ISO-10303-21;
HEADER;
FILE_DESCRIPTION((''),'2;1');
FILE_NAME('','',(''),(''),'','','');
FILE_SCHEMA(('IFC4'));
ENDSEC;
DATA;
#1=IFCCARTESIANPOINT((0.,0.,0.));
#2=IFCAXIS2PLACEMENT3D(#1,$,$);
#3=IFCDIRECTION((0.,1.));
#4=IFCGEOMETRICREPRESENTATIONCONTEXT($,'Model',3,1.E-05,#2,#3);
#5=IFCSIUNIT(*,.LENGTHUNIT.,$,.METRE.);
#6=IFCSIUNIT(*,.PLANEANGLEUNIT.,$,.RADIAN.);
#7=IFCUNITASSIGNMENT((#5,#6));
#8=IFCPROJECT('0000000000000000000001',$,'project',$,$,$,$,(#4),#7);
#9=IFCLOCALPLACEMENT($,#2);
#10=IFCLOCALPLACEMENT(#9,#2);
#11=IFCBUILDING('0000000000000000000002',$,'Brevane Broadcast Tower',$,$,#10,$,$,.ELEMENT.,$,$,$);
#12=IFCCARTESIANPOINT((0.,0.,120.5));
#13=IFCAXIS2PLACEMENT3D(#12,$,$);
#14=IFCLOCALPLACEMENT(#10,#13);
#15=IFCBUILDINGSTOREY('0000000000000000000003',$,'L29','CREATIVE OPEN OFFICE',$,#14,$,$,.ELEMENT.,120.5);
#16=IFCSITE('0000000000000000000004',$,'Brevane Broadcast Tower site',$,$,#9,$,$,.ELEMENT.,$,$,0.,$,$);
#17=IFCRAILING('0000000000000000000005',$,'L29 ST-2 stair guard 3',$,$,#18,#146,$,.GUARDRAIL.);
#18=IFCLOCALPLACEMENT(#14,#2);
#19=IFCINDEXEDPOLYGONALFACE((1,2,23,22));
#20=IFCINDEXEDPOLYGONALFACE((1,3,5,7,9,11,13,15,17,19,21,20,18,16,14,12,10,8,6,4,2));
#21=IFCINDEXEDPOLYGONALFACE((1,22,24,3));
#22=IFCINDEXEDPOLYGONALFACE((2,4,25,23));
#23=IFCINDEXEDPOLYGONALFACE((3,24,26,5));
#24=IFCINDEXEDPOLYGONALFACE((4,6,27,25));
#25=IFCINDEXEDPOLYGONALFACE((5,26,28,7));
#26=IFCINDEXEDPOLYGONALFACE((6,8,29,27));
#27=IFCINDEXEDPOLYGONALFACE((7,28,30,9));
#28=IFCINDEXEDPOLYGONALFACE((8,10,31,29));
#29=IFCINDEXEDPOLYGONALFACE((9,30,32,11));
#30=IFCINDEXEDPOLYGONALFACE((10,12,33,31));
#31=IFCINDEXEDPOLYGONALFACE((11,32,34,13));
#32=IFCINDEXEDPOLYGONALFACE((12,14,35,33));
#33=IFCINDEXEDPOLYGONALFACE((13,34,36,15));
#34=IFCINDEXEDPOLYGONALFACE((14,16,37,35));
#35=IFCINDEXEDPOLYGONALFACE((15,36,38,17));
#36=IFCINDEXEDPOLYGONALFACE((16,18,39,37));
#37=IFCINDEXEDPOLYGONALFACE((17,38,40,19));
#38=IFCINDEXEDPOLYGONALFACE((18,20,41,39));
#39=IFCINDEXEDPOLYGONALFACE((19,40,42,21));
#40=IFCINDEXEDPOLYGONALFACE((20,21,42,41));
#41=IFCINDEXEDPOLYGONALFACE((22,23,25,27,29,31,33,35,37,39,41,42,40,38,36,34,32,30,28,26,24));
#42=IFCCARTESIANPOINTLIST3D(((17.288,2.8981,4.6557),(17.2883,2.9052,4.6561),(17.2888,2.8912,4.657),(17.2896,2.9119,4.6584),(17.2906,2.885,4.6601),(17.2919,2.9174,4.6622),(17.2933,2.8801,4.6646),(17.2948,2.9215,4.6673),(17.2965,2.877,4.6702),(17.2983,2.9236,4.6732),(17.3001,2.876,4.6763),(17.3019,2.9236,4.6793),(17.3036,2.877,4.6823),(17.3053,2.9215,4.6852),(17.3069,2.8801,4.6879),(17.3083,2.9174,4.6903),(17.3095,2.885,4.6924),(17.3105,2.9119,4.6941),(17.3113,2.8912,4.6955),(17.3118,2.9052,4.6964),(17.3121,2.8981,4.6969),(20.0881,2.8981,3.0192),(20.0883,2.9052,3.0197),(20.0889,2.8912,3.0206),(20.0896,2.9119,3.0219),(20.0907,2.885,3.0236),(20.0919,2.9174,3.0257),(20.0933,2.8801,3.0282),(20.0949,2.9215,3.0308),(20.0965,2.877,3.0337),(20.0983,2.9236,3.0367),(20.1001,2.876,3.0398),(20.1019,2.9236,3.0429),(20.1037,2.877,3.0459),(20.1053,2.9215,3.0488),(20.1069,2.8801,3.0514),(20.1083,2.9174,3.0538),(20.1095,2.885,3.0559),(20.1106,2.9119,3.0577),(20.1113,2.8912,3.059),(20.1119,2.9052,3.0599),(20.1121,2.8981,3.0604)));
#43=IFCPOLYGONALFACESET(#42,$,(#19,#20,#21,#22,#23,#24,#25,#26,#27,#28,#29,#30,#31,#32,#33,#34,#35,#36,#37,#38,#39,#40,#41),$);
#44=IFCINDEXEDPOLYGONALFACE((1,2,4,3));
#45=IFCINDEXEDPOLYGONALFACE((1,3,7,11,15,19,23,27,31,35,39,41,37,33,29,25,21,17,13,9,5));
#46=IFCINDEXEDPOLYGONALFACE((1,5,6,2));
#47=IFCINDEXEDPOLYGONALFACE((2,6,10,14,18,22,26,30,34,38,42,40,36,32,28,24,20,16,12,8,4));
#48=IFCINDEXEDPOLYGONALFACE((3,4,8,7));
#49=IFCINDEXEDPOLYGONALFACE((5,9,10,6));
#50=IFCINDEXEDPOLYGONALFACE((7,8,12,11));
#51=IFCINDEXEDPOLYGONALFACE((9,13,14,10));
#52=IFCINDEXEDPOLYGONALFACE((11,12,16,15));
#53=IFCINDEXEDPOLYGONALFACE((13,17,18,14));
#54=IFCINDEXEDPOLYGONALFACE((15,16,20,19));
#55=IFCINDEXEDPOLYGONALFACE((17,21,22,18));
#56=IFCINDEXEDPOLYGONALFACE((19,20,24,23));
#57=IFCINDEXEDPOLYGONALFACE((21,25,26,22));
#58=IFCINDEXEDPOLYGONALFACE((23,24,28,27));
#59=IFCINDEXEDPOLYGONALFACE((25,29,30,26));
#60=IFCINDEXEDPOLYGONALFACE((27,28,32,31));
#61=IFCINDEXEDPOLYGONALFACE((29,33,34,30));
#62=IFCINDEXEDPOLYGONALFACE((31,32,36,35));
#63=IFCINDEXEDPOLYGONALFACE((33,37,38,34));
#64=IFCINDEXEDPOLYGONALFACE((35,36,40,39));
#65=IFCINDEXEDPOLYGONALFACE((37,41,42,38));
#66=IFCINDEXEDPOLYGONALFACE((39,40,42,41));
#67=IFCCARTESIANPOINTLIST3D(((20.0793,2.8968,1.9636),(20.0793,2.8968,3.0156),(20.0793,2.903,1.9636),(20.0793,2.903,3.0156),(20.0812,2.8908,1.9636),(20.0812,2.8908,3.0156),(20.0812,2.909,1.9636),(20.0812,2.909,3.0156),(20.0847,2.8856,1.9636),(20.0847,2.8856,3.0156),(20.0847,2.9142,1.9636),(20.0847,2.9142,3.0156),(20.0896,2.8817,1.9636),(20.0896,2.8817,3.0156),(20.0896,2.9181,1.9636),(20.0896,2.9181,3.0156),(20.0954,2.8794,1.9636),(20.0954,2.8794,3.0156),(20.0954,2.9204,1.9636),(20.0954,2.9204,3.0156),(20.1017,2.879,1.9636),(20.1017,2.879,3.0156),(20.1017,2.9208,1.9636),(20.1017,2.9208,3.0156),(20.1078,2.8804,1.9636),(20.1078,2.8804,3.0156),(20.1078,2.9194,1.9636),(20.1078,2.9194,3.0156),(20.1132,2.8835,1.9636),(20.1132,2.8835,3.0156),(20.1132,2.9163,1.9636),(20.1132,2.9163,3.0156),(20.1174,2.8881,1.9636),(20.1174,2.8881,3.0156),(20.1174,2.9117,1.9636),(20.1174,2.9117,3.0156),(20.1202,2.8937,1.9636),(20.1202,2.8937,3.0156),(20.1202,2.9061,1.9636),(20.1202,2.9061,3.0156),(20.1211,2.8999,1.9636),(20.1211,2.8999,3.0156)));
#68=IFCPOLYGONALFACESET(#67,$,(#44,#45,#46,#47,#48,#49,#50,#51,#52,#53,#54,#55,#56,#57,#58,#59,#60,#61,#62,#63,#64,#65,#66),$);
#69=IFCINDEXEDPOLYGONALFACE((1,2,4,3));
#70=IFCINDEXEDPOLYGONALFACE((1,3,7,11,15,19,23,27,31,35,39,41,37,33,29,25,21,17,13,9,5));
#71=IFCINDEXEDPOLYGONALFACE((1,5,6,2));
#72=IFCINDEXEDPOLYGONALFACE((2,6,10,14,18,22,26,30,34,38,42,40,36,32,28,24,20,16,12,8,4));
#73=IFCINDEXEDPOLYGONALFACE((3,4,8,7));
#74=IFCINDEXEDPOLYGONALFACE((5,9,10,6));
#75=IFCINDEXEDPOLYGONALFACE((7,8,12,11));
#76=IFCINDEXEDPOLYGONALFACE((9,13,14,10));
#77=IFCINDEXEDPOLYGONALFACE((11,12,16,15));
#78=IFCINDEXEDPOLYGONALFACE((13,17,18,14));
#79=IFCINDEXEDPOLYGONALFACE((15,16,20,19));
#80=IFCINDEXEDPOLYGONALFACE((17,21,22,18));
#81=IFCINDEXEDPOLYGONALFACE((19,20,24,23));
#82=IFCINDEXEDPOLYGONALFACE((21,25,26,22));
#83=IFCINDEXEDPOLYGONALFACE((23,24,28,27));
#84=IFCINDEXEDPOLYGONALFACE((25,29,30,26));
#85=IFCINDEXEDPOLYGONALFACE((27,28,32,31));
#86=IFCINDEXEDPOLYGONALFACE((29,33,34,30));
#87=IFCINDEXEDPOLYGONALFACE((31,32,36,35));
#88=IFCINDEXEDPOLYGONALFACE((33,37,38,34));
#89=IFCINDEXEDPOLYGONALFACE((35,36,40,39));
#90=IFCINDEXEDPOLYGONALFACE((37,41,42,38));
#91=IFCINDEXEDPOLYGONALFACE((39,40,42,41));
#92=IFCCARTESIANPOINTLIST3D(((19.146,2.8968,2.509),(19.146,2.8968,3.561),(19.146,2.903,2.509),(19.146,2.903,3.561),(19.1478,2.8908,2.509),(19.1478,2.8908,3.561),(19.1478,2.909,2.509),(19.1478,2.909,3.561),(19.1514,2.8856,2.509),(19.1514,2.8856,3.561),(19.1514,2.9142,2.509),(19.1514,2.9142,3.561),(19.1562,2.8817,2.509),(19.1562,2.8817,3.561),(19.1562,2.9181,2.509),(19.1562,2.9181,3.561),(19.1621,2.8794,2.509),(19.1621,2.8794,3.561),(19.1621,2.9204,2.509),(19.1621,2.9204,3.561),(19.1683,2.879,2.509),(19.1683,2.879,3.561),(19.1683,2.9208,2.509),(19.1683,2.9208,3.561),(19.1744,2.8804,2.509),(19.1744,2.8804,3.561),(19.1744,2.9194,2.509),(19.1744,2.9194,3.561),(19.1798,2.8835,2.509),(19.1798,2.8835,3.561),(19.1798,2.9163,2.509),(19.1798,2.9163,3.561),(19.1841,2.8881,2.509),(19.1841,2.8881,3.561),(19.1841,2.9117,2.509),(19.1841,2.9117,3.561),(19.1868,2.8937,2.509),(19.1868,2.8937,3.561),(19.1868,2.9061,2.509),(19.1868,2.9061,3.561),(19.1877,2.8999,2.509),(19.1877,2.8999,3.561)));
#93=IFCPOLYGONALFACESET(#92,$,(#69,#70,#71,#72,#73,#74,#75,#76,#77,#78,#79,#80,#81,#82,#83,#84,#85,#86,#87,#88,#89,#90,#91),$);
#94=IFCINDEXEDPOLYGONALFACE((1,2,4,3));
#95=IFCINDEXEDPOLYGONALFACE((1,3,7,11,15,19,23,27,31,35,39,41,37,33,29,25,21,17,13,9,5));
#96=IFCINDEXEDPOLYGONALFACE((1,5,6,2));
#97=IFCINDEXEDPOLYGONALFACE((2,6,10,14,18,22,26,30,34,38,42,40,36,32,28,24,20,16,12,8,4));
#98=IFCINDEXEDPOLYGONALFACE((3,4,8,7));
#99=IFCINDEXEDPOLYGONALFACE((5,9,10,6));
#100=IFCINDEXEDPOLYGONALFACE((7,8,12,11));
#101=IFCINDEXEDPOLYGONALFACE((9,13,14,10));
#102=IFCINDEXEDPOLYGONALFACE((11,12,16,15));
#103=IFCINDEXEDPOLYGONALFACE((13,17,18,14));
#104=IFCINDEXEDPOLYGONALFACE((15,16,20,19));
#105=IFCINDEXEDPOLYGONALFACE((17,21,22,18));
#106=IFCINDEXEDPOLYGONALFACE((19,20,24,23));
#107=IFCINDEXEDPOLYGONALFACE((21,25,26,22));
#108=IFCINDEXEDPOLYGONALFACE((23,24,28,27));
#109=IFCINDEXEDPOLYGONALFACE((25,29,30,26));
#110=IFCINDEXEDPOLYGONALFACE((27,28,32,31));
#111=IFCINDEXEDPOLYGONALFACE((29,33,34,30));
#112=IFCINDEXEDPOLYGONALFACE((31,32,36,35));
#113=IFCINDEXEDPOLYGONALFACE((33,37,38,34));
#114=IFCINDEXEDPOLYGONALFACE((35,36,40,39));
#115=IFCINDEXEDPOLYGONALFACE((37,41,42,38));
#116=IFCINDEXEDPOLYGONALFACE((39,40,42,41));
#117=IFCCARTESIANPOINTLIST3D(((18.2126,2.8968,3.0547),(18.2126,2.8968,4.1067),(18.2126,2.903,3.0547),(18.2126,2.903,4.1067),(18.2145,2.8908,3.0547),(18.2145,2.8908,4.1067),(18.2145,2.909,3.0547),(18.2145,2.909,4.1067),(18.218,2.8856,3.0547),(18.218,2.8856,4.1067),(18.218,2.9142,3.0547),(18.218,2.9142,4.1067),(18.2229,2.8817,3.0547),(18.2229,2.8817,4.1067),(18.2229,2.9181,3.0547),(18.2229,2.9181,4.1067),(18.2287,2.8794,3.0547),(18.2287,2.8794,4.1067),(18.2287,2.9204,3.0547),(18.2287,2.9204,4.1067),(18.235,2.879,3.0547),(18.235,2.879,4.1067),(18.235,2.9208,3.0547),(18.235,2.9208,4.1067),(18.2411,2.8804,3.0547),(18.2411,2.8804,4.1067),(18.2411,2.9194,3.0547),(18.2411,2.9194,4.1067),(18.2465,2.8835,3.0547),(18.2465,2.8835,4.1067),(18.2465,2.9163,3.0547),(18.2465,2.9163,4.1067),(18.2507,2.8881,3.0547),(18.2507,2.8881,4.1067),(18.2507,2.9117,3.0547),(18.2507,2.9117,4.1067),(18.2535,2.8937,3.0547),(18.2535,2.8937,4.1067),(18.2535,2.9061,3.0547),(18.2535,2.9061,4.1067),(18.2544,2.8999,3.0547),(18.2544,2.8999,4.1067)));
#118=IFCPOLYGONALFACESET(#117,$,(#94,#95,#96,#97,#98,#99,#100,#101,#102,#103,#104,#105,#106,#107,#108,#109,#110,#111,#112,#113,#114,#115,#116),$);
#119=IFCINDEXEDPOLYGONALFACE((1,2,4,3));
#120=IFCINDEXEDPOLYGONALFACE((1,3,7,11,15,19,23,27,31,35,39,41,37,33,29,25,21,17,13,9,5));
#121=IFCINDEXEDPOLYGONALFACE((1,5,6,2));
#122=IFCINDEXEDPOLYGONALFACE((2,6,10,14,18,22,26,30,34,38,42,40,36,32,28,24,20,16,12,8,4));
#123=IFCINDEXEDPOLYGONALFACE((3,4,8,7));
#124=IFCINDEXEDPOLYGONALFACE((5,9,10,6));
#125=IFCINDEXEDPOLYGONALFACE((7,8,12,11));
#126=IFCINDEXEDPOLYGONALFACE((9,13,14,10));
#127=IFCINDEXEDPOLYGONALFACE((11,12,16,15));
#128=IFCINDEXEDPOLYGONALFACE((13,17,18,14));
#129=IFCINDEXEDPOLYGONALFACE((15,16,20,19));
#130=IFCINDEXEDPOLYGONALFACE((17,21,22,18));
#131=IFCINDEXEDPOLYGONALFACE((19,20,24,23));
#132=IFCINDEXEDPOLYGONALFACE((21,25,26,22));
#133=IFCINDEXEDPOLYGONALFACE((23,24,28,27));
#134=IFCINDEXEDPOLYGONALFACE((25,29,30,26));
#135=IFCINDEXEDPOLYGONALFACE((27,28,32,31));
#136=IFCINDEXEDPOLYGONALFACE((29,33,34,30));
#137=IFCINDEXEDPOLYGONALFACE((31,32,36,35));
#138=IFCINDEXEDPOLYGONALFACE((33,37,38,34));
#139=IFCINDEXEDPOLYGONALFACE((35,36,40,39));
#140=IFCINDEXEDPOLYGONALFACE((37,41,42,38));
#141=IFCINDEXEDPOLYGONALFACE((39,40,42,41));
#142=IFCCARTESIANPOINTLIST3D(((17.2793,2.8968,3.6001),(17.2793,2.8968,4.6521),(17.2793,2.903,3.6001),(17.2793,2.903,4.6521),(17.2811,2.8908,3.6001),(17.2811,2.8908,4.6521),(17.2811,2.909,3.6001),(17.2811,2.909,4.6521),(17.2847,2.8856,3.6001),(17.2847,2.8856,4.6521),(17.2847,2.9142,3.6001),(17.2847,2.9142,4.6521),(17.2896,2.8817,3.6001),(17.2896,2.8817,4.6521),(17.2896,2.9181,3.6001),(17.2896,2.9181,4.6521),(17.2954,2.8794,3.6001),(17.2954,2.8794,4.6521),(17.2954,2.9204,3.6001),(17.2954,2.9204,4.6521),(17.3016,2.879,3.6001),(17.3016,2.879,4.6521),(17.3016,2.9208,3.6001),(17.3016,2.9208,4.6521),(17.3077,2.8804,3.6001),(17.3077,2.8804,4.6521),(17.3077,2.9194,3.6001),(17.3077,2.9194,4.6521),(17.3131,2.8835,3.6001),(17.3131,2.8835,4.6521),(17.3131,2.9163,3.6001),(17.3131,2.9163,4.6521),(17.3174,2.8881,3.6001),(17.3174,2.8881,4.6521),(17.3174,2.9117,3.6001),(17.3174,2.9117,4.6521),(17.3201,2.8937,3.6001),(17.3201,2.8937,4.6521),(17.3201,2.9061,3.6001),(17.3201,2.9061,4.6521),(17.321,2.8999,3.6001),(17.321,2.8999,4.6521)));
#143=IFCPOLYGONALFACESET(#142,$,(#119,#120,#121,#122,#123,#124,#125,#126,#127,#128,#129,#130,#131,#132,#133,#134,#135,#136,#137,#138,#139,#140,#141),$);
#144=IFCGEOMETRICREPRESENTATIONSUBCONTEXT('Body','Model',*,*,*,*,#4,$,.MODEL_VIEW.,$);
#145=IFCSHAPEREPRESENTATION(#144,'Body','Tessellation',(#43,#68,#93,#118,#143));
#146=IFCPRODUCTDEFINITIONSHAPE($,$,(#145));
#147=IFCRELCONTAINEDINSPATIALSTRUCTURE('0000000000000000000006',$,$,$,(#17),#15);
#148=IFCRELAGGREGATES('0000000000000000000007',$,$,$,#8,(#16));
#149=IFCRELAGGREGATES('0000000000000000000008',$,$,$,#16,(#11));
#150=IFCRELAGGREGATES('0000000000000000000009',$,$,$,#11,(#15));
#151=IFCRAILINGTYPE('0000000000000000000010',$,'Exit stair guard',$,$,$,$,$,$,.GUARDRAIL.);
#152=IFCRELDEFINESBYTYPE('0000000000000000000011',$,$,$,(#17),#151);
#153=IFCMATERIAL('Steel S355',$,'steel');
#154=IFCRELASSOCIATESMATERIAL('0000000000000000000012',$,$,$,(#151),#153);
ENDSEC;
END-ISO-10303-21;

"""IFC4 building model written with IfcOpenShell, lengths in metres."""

from ifc_helpers import new_model, si_unit, direction, frame, origin, origin_2d, place, context, subcontext, project, spatial, circle, extrude, material, type_object, element, save


model = new_model("IFC4")

# Units and contexts
model_context = context("Model", 3, precision=1e-05, world=origin(), true_north=direction((0.0, 1.0)))
body_context = subcontext(model_context, "Body", "Model", "MODEL_VIEW")
ifc_project = project(units=[si_unit("LENGTHUNIT", "METRE"), si_unit("PLANEANGLEUNIT", "RADIAN")], contexts=[model_context])

# Site, building, storey
site_placement = place(None, origin())
site = spatial("IfcSite", under=ifc_project, at=site_placement, Name="Brevane Broadcast Tower site", CompositionType="ELEMENT", RefElevation=0.0)
building_placement = place(site_placement, origin())
building = spatial("IfcBuilding", under=site, at=building_placement, Name="Brevane Broadcast Tower", CompositionType="ELEMENT")
storey_placement = place(building_placement, frame((0.0, 0.0, 120.5)))
storey = spatial("IfcBuildingStorey", under=building, at=storey_placement, Name="L29", Description="CREATIVE OPEN OFFICE", CompositionType="ELEMENT", Elevation=120.5)

# Railing
ifc_material_1 = material(Name="Steel S355", Category="steel")
railing_type_1 = type_object("IfcRailingType", Name="Exit stair guard", PredefinedType="GUARDRAIL", material=ifc_material_1)
railing_1_placement = place(storey_placement, frame((20.1001, 2.8999, 1.9636)))
element("IfcRailing", 1, at=railing_1_placement, inside=storey, type_object=railing_type_1, Name="L29 ST-2 stair guard 3", PredefinedType="GUARDRAIL", context=body_context, shape_type="SweptSolid", body=[
    extrude(circle(Radius=0.0239, at=origin_2d()), frame((0.0, 0.0, 1.0762), z_axis=(-0.863361, 0.0, 0.504587), x_axis=(0.0, -1.0, 0.0)), (0.0, 0.0, 1.0), 3.2432),
    extrude(circle(Radius=0.021, at=origin_2d()), origin(), (0.0, 0.0, 1.0), 1.052),
    extrude(circle(Radius=0.021, at=origin_2d()), frame((-0.9333, 0.0, 0.5454)), (0.0, 0.0, 1.0), 1.052),
    extrude(circle(Radius=0.021, at=origin_2d()), frame((-1.8667, 0.0, 1.0911)), (0.0, 0.0, 1.0), 1.052),
    extrude(circle(Radius=0.021, at=origin_2d()), frame((-2.8, 0.0, 1.6365)), (0.0, 0.0, 1.0), 1.052),
])

save(model, "model.ifc")
